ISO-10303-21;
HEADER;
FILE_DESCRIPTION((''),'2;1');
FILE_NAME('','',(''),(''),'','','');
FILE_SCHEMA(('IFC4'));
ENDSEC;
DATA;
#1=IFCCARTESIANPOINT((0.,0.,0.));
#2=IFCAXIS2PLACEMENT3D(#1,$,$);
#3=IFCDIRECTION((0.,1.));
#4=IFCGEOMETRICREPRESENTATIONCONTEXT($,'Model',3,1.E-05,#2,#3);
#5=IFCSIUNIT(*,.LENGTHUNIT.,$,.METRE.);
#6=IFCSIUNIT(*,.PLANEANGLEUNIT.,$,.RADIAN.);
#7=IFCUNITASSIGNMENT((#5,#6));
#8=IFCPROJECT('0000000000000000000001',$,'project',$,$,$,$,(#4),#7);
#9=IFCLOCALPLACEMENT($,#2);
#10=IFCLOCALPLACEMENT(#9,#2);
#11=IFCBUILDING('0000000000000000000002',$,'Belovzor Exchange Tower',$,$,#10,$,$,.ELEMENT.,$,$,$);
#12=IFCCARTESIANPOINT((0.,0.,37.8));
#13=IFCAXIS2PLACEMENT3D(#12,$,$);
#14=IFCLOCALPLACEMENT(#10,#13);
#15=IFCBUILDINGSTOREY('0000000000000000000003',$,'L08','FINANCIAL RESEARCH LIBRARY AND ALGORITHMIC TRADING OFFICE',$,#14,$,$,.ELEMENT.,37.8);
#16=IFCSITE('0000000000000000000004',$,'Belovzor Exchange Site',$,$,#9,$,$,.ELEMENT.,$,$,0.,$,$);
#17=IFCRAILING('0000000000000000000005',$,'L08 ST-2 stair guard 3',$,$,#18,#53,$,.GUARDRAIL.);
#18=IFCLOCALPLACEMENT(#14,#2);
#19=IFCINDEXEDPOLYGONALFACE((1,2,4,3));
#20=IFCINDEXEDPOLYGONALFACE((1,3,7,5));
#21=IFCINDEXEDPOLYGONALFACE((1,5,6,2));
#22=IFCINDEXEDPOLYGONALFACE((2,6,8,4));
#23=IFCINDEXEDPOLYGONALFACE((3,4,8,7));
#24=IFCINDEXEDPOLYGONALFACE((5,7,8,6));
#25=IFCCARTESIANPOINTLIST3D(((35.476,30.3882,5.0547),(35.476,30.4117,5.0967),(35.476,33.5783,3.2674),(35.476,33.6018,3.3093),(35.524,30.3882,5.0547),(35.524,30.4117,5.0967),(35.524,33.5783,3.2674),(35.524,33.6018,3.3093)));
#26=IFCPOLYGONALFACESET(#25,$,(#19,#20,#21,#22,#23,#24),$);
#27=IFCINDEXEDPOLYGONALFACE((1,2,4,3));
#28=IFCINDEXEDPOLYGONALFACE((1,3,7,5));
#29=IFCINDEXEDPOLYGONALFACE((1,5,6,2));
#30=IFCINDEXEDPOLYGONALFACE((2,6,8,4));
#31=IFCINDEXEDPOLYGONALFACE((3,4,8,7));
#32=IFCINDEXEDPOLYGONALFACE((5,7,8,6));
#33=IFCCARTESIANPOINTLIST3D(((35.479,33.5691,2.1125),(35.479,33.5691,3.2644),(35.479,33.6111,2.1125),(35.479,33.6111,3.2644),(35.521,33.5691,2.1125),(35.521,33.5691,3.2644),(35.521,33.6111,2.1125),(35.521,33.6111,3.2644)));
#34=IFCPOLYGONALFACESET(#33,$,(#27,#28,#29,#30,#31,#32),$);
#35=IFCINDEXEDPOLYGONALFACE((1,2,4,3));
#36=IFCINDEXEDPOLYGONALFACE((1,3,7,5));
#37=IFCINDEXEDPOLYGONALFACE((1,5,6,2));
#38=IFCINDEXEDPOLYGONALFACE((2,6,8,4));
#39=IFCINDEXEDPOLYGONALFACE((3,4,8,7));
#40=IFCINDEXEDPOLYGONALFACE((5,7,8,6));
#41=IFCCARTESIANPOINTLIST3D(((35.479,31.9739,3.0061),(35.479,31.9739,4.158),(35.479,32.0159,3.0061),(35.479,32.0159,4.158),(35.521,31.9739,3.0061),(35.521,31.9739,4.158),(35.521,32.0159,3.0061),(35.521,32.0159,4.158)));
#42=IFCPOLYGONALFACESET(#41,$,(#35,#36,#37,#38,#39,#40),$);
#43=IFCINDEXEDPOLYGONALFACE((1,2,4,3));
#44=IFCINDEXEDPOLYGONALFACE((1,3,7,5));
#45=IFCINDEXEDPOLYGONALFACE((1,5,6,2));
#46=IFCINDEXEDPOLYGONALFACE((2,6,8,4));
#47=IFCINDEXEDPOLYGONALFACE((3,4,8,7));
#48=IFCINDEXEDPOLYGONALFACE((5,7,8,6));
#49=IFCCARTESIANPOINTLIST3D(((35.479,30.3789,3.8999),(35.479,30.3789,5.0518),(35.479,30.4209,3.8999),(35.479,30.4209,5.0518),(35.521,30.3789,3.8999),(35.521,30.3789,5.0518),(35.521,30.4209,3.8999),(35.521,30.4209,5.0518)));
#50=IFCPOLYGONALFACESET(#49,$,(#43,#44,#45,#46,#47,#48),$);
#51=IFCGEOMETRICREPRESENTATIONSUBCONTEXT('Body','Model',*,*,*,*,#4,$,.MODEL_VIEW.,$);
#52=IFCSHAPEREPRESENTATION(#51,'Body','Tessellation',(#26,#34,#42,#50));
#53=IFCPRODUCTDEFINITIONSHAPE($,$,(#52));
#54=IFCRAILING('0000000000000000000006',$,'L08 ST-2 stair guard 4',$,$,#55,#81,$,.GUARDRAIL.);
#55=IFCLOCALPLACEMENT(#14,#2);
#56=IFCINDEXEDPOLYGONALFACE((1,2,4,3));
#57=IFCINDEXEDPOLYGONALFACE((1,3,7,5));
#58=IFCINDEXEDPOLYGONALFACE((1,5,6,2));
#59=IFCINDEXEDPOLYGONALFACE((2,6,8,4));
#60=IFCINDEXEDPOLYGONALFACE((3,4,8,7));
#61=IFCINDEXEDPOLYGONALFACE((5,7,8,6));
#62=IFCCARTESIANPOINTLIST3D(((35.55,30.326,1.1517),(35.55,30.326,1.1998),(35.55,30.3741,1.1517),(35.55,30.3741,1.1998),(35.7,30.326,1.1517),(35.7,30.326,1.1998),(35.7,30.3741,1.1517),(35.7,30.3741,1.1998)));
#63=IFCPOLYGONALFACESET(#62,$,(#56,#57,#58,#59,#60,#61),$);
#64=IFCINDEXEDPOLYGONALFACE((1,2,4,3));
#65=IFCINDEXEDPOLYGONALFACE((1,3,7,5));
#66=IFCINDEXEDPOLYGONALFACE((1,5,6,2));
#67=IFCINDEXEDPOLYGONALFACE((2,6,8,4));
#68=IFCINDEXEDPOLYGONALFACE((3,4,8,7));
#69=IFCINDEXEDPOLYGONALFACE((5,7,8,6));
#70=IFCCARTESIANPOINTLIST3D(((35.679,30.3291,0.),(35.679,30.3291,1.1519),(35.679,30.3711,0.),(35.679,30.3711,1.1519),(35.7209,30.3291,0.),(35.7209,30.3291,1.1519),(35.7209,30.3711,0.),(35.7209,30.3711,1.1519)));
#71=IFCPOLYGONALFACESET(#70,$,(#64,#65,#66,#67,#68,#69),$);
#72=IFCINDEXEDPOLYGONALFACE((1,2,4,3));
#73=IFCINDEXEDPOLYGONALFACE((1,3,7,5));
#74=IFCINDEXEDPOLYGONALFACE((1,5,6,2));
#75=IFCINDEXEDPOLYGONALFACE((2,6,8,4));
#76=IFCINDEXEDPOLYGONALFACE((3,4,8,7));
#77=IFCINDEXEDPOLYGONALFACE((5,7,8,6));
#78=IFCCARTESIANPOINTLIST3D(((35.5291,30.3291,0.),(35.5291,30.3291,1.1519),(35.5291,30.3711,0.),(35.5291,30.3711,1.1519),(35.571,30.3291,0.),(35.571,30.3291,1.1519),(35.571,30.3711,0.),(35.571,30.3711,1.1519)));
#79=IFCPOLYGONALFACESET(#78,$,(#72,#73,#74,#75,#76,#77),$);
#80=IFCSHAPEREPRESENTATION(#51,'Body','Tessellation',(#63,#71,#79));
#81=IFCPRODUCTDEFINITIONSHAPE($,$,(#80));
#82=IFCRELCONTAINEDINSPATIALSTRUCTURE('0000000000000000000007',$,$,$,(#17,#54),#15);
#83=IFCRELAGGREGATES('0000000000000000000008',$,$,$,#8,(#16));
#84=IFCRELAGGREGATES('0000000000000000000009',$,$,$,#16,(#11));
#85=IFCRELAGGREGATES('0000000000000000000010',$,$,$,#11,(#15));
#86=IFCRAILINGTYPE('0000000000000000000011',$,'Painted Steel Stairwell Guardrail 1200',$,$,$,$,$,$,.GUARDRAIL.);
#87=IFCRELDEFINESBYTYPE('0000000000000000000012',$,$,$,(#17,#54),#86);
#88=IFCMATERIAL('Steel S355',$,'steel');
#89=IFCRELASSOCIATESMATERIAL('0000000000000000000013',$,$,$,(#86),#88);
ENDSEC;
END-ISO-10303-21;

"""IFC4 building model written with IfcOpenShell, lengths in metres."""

from ifc_helpers import new_model, si_unit, direction, frame, origin, origin_2d, place, context, subcontext, project, spatial, rectangle, extrude, material, type_object, element, save


model = new_model("IFC4")

# Units and contexts
model_context = context("Model", 3, precision=1e-05, world=origin(), true_north=direction((0.0, 1.0)))
body_context = subcontext(model_context, "Body", "Model", "MODEL_VIEW")
ifc_project = project(units=[si_unit("LENGTHUNIT", "METRE"), si_unit("PLANEANGLEUNIT", "RADIAN")], contexts=[model_context])

# Site, building, storey
site_placement = place(None, origin())
site = spatial("IfcSite", under=ifc_project, at=site_placement, Name="Belovzor Exchange Site", CompositionType="ELEMENT", RefElevation=0.0)
building_placement = place(site_placement, origin())
building = spatial("IfcBuilding", under=site, at=building_placement, Name="Belovzor Exchange Tower", CompositionType="ELEMENT")
storey_placement = place(building_placement, frame((0.0, 0.0, 37.8)))
storey = spatial("IfcBuildingStorey", under=building, at=storey_placement, Name="L08", Description="FINANCIAL RESEARCH LIBRARY AND ALGORITHMIC TRADING OFFICE", CompositionType="ELEMENT", Elevation=37.8)

# Railings
ifc_material_1 = material(Name="Steel S355", Category="steel")
railing_type_1 = type_object("IfcRailingType", Name="Painted Steel Stairwell Guardrail 1200", PredefinedType="GUARDRAIL", material=ifc_material_1)
railing_1_placement = place(storey_placement, frame((35.5, 33.5901, 2.1125)))
element("IfcRailing", 1, at=railing_1_placement, inside=storey, type_object=railing_type_1, Name="L08 ST-2 stair guard 3", PredefinedType="GUARDRAIL", context=body_context, shape_type="SweptSolid", body=[
    extrude(rectangle(XDim=0.0481, YDim=0.0481, at=origin_2d()), frame((0.0, 0.0, 1.1758), z_axis=(0.0, -0.872407, 0.48878), x_axis=(1.0, 0.0, 0.0)), (0.0, 0.0, 1.0), 3.6567),
    extrude(rectangle(XDim=0.042, YDim=0.042, at=origin_2d()), origin(), (0.0, 0.0, 1.0), 1.1519),
    extrude(rectangle(XDim=0.042, YDim=0.042, at=origin_2d()), frame((0.0, -1.5952, 0.8936)), (0.0, 0.0, 1.0), 1.1519),
    extrude(rectangle(XDim=0.042, YDim=0.042, at=origin_2d()), frame((0.0, -3.1902, 1.7874)), (0.0, 0.0, 1.0), 1.1519),
])
railing_2_placement = place(storey_placement, frame((35.7, 30.3501, 0.0)))
element("IfcRailing", 2, at=railing_2_placement, inside=storey, type_object=railing_type_1, Name="L08 ST-2 stair guard 4", PredefinedType="GUARDRAIL", context=body_context, shape_type="SweptSolid", body=[
    extrude(rectangle(XDim=0.0481, YDim=0.0481, at=origin_2d()), frame((0.0, 0.0, 1.1758), z_axis=(-1.0, 0.0, 0.0), x_axis=(0.0, -1.0, 0.0)), (0.0, 0.0, 1.0), 0.1499),
    extrude(rectangle(XDim=0.042, YDim=0.042, at=origin_2d()), origin(), (0.0, 0.0, 1.0), 1.1519),
    extrude(rectangle(XDim=0.042, YDim=0.042, at=origin_2d()), frame((-0.1499, 0.0, 0.0)), (0.0, 0.0, 1.0), 1.1519),
])

save(model, "model.ifc")
